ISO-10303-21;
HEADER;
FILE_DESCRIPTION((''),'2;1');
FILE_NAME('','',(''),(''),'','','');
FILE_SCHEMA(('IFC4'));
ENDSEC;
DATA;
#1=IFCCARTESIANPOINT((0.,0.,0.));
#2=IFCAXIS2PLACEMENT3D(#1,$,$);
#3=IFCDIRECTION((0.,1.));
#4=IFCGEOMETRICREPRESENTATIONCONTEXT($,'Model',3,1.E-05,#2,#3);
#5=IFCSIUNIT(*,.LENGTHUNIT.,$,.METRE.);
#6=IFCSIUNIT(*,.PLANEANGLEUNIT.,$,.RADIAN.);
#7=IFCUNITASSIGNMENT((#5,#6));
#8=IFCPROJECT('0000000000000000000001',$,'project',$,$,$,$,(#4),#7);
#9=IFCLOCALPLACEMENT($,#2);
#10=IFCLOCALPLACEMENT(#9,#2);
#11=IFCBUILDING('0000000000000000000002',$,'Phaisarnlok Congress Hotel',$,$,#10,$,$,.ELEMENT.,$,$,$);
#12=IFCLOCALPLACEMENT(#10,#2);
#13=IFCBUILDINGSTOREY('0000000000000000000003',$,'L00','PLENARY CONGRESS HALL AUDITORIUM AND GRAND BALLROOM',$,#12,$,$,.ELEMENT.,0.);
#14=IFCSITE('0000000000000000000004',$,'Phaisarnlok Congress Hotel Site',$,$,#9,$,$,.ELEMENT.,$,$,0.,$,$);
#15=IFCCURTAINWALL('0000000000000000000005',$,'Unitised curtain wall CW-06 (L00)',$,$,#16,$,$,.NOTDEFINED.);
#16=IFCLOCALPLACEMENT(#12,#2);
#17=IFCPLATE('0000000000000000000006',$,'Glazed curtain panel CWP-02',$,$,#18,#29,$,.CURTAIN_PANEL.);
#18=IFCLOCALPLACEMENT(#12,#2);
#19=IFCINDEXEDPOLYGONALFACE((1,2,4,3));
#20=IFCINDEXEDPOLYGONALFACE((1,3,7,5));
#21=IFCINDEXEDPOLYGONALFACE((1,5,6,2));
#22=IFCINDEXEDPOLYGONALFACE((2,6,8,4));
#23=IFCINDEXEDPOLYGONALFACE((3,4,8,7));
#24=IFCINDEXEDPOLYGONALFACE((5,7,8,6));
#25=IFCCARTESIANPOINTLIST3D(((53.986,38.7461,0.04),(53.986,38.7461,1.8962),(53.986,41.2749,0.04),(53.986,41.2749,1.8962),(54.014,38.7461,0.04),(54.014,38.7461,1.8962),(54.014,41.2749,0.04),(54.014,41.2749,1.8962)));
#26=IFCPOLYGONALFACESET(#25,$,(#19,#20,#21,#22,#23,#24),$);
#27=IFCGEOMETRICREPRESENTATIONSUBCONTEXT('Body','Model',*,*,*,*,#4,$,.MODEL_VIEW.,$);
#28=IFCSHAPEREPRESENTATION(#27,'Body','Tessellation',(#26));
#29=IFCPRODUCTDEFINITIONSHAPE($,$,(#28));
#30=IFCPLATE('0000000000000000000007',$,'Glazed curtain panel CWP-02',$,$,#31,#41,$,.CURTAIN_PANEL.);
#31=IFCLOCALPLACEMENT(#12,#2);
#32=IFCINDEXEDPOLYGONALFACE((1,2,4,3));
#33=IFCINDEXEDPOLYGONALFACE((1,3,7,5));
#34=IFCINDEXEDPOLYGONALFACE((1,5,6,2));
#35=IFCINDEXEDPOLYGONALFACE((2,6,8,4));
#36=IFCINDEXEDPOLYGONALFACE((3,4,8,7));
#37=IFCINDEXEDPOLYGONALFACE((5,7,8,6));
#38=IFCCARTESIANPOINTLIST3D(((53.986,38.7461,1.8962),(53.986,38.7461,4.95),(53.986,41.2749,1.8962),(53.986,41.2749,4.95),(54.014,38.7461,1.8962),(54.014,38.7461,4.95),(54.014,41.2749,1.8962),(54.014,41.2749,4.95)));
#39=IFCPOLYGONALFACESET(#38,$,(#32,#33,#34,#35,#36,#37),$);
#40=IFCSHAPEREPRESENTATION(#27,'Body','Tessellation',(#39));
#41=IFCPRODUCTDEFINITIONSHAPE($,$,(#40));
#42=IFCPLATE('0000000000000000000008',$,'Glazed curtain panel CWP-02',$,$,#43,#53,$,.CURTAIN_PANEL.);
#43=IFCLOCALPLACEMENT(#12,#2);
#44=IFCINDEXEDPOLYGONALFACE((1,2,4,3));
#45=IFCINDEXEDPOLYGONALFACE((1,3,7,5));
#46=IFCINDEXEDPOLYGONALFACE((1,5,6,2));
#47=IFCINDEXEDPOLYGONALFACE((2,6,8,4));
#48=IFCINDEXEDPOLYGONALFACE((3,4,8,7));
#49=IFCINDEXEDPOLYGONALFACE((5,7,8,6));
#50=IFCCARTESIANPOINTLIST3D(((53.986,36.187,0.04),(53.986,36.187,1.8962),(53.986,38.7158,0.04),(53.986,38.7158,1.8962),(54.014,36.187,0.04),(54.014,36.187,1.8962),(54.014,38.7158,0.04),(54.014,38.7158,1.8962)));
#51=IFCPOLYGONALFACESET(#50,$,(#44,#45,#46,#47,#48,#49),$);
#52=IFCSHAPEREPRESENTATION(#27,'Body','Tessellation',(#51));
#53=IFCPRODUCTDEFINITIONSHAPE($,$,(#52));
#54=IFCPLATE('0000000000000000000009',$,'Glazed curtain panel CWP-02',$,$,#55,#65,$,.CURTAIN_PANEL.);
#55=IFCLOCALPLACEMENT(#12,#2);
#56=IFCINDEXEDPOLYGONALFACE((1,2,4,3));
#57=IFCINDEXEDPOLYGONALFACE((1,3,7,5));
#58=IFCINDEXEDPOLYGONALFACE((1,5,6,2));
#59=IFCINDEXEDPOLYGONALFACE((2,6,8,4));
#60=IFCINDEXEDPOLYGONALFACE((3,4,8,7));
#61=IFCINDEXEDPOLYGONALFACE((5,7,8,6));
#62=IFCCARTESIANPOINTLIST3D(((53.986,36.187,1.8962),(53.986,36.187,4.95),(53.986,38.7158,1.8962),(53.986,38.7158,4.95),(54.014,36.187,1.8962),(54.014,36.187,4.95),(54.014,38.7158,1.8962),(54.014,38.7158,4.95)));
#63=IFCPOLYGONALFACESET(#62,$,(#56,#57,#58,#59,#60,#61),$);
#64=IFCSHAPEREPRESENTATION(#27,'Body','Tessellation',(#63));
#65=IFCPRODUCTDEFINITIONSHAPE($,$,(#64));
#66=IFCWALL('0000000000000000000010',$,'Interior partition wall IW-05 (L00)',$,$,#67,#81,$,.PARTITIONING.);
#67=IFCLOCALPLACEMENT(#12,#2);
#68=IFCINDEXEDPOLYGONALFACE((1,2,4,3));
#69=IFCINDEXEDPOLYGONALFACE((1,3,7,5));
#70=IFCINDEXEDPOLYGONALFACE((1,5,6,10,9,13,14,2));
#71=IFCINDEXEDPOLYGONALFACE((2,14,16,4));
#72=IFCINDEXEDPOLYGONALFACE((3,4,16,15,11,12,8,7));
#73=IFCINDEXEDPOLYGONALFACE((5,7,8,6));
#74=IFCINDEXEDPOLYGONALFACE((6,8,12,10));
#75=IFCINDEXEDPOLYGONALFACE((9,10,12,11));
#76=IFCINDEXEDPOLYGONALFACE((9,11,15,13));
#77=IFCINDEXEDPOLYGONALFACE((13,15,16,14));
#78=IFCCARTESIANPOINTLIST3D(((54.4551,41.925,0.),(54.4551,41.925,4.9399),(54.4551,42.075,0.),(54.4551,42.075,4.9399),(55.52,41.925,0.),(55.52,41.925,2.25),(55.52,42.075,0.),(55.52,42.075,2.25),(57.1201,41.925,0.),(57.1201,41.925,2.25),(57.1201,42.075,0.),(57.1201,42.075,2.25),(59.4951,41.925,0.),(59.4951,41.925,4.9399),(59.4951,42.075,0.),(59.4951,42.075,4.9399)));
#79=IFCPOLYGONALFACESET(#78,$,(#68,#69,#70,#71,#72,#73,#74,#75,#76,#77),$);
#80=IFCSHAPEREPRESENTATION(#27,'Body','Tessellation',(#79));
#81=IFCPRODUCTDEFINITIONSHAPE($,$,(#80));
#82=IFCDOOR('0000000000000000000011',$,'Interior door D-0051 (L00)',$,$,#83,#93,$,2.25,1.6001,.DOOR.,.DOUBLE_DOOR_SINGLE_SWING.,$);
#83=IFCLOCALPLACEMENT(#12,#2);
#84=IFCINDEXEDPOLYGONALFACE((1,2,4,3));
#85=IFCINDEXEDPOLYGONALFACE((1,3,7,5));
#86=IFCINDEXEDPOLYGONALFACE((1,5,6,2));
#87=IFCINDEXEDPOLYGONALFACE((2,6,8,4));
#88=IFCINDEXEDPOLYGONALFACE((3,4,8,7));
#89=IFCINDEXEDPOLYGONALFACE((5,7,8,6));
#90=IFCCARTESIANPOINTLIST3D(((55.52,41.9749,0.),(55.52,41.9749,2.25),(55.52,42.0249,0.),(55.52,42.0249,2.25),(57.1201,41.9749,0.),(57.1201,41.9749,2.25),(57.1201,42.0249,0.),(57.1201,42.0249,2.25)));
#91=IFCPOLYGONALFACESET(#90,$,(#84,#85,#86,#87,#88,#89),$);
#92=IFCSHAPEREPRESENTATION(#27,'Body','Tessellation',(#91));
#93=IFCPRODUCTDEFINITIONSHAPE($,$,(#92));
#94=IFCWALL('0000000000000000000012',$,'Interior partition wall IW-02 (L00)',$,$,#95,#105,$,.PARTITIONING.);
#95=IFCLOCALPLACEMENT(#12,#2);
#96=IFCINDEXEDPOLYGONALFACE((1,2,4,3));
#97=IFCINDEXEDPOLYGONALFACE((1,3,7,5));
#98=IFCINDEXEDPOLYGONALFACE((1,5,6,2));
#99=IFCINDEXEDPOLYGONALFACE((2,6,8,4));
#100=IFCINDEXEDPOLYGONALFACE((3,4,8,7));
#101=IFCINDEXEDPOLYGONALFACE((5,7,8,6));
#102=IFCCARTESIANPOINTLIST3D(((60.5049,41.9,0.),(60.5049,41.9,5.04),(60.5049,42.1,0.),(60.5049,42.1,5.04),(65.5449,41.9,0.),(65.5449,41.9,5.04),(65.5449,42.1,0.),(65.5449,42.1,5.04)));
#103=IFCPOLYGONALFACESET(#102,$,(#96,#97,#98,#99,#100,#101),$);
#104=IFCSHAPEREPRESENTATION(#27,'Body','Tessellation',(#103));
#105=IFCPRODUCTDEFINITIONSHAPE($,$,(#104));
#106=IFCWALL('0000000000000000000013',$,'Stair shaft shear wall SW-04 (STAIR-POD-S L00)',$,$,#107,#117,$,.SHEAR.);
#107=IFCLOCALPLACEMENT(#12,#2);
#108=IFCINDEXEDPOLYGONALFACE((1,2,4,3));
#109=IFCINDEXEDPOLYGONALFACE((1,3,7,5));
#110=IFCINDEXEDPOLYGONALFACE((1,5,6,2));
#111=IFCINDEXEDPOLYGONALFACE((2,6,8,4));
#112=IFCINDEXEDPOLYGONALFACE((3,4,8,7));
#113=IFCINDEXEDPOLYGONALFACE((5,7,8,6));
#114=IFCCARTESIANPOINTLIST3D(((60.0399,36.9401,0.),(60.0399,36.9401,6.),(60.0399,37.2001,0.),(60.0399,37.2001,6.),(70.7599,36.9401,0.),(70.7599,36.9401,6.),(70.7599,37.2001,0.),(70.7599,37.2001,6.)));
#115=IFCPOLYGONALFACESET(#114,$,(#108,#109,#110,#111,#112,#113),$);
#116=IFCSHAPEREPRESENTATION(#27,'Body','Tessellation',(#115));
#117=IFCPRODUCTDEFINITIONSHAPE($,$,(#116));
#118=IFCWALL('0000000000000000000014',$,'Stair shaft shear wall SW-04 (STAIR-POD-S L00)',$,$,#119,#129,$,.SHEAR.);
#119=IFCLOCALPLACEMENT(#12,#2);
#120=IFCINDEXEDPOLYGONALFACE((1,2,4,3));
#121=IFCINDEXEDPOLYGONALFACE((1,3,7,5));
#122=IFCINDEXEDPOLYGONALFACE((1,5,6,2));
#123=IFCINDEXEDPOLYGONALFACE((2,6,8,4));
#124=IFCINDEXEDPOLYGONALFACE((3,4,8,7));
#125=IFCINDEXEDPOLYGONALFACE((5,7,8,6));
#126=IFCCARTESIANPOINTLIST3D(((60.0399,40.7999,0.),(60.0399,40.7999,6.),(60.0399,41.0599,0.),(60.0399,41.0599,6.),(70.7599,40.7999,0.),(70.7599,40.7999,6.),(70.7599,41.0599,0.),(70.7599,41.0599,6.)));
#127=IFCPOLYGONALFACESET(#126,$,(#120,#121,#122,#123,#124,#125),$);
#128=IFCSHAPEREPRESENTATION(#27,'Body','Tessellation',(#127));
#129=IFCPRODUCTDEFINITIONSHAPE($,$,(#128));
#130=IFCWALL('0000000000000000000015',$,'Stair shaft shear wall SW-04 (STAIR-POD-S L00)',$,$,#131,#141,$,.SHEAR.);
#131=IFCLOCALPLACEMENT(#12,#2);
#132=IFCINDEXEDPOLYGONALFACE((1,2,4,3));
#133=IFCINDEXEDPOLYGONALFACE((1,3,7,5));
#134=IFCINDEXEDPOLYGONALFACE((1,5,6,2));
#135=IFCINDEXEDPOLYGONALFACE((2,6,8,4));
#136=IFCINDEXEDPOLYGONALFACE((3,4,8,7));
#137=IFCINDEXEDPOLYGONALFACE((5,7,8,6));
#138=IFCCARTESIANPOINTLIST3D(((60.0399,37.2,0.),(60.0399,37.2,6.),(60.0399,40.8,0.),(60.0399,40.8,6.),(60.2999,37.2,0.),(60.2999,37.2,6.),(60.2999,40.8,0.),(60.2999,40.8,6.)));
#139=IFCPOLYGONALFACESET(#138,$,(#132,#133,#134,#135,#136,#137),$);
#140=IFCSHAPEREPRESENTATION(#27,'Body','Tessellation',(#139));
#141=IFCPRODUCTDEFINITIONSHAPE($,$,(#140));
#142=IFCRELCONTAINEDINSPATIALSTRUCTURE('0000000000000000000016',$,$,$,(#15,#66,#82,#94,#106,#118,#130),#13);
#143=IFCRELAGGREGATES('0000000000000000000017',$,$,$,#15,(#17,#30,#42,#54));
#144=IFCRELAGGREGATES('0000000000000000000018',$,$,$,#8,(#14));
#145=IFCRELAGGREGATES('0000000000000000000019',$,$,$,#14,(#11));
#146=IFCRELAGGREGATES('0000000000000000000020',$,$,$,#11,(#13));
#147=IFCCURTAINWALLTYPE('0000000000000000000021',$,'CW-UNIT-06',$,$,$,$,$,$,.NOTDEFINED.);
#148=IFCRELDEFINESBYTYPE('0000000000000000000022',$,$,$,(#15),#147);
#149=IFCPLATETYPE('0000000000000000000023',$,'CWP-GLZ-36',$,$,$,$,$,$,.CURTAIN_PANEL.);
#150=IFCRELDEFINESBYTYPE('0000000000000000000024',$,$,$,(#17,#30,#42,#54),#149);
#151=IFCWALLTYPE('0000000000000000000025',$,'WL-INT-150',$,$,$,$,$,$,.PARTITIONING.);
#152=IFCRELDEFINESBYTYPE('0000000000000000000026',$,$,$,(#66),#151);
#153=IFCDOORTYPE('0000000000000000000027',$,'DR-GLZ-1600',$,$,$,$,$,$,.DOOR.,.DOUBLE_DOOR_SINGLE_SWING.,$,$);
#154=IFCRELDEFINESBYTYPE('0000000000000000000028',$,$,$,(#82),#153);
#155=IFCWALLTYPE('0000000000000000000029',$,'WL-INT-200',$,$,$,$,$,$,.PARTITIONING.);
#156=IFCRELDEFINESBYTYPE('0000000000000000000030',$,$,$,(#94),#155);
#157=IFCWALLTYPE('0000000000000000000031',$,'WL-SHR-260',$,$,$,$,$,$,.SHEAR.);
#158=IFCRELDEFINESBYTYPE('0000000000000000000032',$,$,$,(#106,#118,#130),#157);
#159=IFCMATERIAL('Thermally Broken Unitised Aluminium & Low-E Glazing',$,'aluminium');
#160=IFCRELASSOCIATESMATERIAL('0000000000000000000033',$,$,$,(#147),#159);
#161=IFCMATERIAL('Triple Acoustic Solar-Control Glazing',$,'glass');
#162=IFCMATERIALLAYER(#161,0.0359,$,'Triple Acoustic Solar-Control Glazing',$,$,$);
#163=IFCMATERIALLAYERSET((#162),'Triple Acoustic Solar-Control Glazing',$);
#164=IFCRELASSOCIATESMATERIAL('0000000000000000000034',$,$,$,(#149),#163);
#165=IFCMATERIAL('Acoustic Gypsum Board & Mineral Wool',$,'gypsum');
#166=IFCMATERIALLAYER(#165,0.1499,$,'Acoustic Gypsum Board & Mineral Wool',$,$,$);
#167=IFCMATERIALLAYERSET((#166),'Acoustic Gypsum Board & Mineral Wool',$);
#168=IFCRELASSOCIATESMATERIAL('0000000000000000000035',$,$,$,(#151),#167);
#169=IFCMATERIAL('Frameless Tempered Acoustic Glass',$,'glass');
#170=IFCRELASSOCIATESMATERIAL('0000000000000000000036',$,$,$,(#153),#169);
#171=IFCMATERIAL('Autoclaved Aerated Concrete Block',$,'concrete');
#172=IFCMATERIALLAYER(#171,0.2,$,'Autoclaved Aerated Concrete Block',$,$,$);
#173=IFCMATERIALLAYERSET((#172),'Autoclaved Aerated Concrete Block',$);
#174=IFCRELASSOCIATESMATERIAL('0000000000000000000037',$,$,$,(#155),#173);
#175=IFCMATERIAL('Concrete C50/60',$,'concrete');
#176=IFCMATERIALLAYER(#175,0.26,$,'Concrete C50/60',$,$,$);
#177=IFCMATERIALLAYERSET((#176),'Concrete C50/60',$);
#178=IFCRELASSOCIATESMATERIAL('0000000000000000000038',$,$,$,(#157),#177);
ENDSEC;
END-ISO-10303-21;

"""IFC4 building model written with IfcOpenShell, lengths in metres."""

from ifc_helpers import new_model, si_unit, direction, frame, frame_2d, origin, place, context, subcontext, project, spatial, rectangle, extrude, material, layer, layer_set, type_object, element, fill, aggregate, save


model = new_model("IFC4")

# Units and contexts
model_context = context("Model", 3, precision=1e-05, world=origin(), true_north=direction((0.0, 1.0)))
body_context = subcontext(model_context, "Body", "Model", "MODEL_VIEW")
ifc_project = project(units=[si_unit("LENGTHUNIT", "METRE"), si_unit("PLANEANGLEUNIT", "RADIAN")], contexts=[model_context])

# Site, building, storey
site_placement = place(None, origin())
site = spatial("IfcSite", under=ifc_project, at=site_placement, Name="Phaisarnlok Congress Hotel Site", CompositionType="ELEMENT", RefElevation=0.0)
building_placement = place(site_placement, origin())
building = spatial("IfcBuilding", under=site, at=building_placement, Name="Phaisarnlok Congress Hotel", CompositionType="ELEMENT")
storey_placement = place(building_placement, origin())
storey = spatial("IfcBuildingStorey", under=building, at=storey_placement, Name="L00", Description="PLENARY CONGRESS HALL AUDITORIUM AND GRAND BALLROOM", CompositionType="ELEMENT", Elevation=0.0)

# Shared definitions
ifc_material_1 = material(Name="Concrete C50/60", Category="concrete")

# Curtain wall
ifc_material_2 = material(Name="Thermally Broken Unitised Aluminium & Low-E Glazing", Category="aluminium")
curtain_wall_type = type_object("IfcCurtainWallType", Name="CW-UNIT-06", PredefinedType="NOTDEFINED", material=ifc_material_2)
curtain_wall_placement = place(storey_placement, origin())
curtain_wall = element("IfcCurtainWall", 1, at=curtain_wall_placement, inside=storey, type_object=curtain_wall_type, Name="Unitised curtain wall CW-06 (L00)", PredefinedType="NOTDEFINED")

# Plates
ifc_material_3 = material(Name="Triple Acoustic Solar-Control Glazing", Category="glass")
ifc_layer_1 = layer(ifc_material_3, 0.0359, Name="Triple Acoustic Solar-Control Glazing")
ifc_layer_set_1 = layer_set([ifc_layer_1], Name="Triple Acoustic Solar-Control Glazing")
plate_type = type_object("IfcPlateType", Name="CWP-GLZ-36", PredefinedType="CURTAIN_PANEL", material=ifc_layer_set_1)
plate_1_placement = place(storey_placement, frame((54.0, 41.2749, 0.04), z_axis=(0.0, 0.0, 1.0), x_axis=(0.0, -1.0, 0.0)))
plate_1 = element("IfcPlate", 2, at=plate_1_placement, type_object=plate_type, Name="Glazed curtain panel CWP-02", PredefinedType="CURTAIN_PANEL", context=body_context, shape_type="SweptSolid", body=[
    extrude(rectangle(XDim=2.5288, YDim=0.0281, at=frame_2d((1.2644, 0.0))), origin(), (0.0, 0.0, 1.0), 1.8562),
])
plate_2_placement = place(storey_placement, frame((54.0, 41.2749, 1.8962), z_axis=(0.0, 0.0, 1.0), x_axis=(0.0, -1.0, 0.0)))
plate_2 = element("IfcPlate", 3, at=plate_2_placement, type_object=plate_type, Name="Glazed curtain panel CWP-02", PredefinedType="CURTAIN_PANEL", context=body_context, shape_type="SweptSolid", body=[
    extrude(rectangle(XDim=2.5288, YDim=0.0281, at=frame_2d((1.2644, 0.0))), origin(), (0.0, 0.0, 1.0), 3.0537),
])
plate_3_placement = place(storey_placement, frame((54.0, 38.7158, 0.04), z_axis=(0.0, 0.0, 1.0), x_axis=(0.0, -1.0, 0.0)))
plate_3 = element("IfcPlate", 4, at=plate_3_placement, type_object=plate_type, Name="Glazed curtain panel CWP-02", PredefinedType="CURTAIN_PANEL", context=body_context, shape_type="SweptSolid", body=[
    extrude(rectangle(XDim=2.5288, YDim=0.0281, at=frame_2d((1.2644, 0.0))), origin(), (0.0, 0.0, 1.0), 1.8562),
])
plate_4_placement = place(storey_placement, frame((54.0, 38.7158, 1.8962), z_axis=(0.0, 0.0, 1.0), x_axis=(0.0, -1.0, 0.0)))
plate_4 = element("IfcPlate", 5, at=plate_4_placement, type_object=plate_type, Name="Glazed curtain panel CWP-02", PredefinedType="CURTAIN_PANEL", context=body_context, shape_type="SweptSolid", body=[
    extrude(rectangle(XDim=2.5288, YDim=0.0281, at=frame_2d((1.2644, 0.0))), origin(), (0.0, 0.0, 1.0), 3.0537),
])
aggregate(curtain_wall, [plate_1, plate_2, plate_3, plate_4])

# Wall, opening, door
ifc_material_4 = material(Name="Acoustic Gypsum Board & Mineral Wool", Category="gypsum")
ifc_layer_2 = layer(ifc_material_4, 0.1499, Name="Acoustic Gypsum Board & Mineral Wool")
ifc_layer_set_2 = layer_set([ifc_layer_2], Name="Acoustic Gypsum Board & Mineral Wool")
wall_type_1 = type_object("IfcWallType", Name="WL-INT-150", PredefinedType="PARTITIONING", material=ifc_layer_set_2)
wall_1_placement = place(storey_placement, frame((54.4551, 42.0, 0.0), z_axis=(0.0, 0.0, 1.0), x_axis=(1.0, 0.0, 0.0)))
wall_1 = element("IfcWall", 6, at=wall_1_placement, inside=storey, type_object=wall_type_1, Name="Interior partition wall IW-05 (L00)", PredefinedType="PARTITIONING", context=body_context, shape_type="SweptSolid", body=[
    extrude(rectangle(XDim=5.04, YDim=0.1499, at=frame_2d((2.52, 0.0))), origin(), (0.0, 0.0, 1.0), 4.9399),
])
opening_placement = place(wall_1_placement, frame((1.0649, 0.0, 0.0)))
opening = element("IfcOpeningElement", 7, at=opening_placement, cuts=wall_1, PredefinedType="OPENING", context=body_context, shape_type="SweptSolid", body=[
    extrude(rectangle(XDim=1.6001, YDim=2.25, at=frame_2d((0.8, 1.125))), frame((0.0, 0.085, 0.0), z_axis=(0.0, -1.0, 0.0), x_axis=(1.0, 0.0, 0.0)), (0.0, 0.0, 1.0), 0.1699),
])
ifc_material_5 = material(Name="Frameless Tempered Acoustic Glass", Category="glass")
door_type = type_object("IfcDoorType", Name="DR-GLZ-1600", OperationType="DOUBLE_DOOR_SINGLE_SWING", PredefinedType="DOOR", material=ifc_material_5)
door_placement = place(opening_placement, origin())
door = element("IfcDoor", 8, at=door_placement, inside=storey, type_object=door_type, Name="Interior door D-0051 (L00)", OperationType="DOUBLE_DOOR_SINGLE_SWING", OverallHeight=2.25, OverallWidth=1.6001, PredefinedType="DOOR", context=body_context, shape_type="SweptSolid", body=[
    extrude(rectangle(XDim=1.6001, YDim=2.25, at=frame_2d((0.8, 1.125))), frame((0.0, 0.0249, 0.0), z_axis=(0.0, -1.0, 0.0), x_axis=(1.0, 0.0, 0.0)), (0.0, 0.0, 1.0), 0.05),
])
fill(opening, door)

# Walls
ifc_material_6 = material(Name="Autoclaved Aerated Concrete Block", Category="concrete")
ifc_layer_3 = layer(ifc_material_6, 0.2, Name="Autoclaved Aerated Concrete Block")
ifc_layer_set_3 = layer_set([ifc_layer_3], Name="Autoclaved Aerated Concrete Block")
wall_type_2 = type_object("IfcWallType", Name="WL-INT-200", PredefinedType="PARTITIONING", material=ifc_layer_set_3)
wall_2_placement = place(storey_placement, frame((60.5049, 42.0, 0.0), z_axis=(0.0, 0.0, 1.0), x_axis=(1.0, 0.0, 0.0)))
element("IfcWall", 9, at=wall_2_placement, inside=storey, type_object=wall_type_2, Name="Interior partition wall IW-02 (L00)", PredefinedType="PARTITIONING", context=body_context, shape_type="SweptSolid", body=[
    extrude(rectangle(XDim=5.04, YDim=0.2, at=frame_2d((2.52, 0.0))), origin(), (0.0, 0.0, 1.0), 5.04),
])
ifc_layer_4 = layer(ifc_material_1, 0.26, Name="Concrete C50/60")
ifc_layer_set_4 = layer_set([ifc_layer_4], Name="Concrete C50/60")
wall_type_3 = type_object("IfcWallType", Name="WL-SHR-260", PredefinedType="SHEAR", material=ifc_layer_set_4)
for number, where, z_axis, x_axis, name in (
    (10, (60.04, 37.0701, 0.0), (0.0, 0.0, 1.0), (1.0, 0.0, 0.0), "Stair shaft shear wall SW-04 (STAIR-POD-S L00)"),
    (11, (60.04, 40.9299, 0.0), (0.0, 0.0, 1.0), (1.0, 0.0, 0.0), "Stair shaft shear wall SW-04 (STAIR-POD-S L00)"),
):
    element("IfcWall", number, at=place(storey_placement, frame(where, z_axis=z_axis, x_axis=x_axis)), inside=storey, type_object=wall_type_3, Name=name, PredefinedType="SHEAR", context=body_context, shape_type="SweptSolid", body=[
        extrude(rectangle(XDim=10.72, YDim=0.26, at=frame_2d((5.3599, 0.0))), origin(), (0.0, 0.0, 1.0), 6.0),
    ])
wall_3_placement = place(storey_placement, frame((60.1699, 37.2, 0.0), z_axis=(0.0, 0.0, 1.0), x_axis=(0.0, 1.0, 0.0)))
element("IfcWall", 12, at=wall_3_placement, inside=storey, type_object=wall_type_3, Name="Stair shaft shear wall SW-04 (STAIR-POD-S L00)", PredefinedType="SHEAR", context=body_context, shape_type="SweptSolid", body=[
    extrude(rectangle(XDim=3.6001, YDim=0.26, at=frame_2d((1.8, 0.0))), origin(), (0.0, 0.0, 1.0), 6.0),
])

save(model, "model.ifc")
